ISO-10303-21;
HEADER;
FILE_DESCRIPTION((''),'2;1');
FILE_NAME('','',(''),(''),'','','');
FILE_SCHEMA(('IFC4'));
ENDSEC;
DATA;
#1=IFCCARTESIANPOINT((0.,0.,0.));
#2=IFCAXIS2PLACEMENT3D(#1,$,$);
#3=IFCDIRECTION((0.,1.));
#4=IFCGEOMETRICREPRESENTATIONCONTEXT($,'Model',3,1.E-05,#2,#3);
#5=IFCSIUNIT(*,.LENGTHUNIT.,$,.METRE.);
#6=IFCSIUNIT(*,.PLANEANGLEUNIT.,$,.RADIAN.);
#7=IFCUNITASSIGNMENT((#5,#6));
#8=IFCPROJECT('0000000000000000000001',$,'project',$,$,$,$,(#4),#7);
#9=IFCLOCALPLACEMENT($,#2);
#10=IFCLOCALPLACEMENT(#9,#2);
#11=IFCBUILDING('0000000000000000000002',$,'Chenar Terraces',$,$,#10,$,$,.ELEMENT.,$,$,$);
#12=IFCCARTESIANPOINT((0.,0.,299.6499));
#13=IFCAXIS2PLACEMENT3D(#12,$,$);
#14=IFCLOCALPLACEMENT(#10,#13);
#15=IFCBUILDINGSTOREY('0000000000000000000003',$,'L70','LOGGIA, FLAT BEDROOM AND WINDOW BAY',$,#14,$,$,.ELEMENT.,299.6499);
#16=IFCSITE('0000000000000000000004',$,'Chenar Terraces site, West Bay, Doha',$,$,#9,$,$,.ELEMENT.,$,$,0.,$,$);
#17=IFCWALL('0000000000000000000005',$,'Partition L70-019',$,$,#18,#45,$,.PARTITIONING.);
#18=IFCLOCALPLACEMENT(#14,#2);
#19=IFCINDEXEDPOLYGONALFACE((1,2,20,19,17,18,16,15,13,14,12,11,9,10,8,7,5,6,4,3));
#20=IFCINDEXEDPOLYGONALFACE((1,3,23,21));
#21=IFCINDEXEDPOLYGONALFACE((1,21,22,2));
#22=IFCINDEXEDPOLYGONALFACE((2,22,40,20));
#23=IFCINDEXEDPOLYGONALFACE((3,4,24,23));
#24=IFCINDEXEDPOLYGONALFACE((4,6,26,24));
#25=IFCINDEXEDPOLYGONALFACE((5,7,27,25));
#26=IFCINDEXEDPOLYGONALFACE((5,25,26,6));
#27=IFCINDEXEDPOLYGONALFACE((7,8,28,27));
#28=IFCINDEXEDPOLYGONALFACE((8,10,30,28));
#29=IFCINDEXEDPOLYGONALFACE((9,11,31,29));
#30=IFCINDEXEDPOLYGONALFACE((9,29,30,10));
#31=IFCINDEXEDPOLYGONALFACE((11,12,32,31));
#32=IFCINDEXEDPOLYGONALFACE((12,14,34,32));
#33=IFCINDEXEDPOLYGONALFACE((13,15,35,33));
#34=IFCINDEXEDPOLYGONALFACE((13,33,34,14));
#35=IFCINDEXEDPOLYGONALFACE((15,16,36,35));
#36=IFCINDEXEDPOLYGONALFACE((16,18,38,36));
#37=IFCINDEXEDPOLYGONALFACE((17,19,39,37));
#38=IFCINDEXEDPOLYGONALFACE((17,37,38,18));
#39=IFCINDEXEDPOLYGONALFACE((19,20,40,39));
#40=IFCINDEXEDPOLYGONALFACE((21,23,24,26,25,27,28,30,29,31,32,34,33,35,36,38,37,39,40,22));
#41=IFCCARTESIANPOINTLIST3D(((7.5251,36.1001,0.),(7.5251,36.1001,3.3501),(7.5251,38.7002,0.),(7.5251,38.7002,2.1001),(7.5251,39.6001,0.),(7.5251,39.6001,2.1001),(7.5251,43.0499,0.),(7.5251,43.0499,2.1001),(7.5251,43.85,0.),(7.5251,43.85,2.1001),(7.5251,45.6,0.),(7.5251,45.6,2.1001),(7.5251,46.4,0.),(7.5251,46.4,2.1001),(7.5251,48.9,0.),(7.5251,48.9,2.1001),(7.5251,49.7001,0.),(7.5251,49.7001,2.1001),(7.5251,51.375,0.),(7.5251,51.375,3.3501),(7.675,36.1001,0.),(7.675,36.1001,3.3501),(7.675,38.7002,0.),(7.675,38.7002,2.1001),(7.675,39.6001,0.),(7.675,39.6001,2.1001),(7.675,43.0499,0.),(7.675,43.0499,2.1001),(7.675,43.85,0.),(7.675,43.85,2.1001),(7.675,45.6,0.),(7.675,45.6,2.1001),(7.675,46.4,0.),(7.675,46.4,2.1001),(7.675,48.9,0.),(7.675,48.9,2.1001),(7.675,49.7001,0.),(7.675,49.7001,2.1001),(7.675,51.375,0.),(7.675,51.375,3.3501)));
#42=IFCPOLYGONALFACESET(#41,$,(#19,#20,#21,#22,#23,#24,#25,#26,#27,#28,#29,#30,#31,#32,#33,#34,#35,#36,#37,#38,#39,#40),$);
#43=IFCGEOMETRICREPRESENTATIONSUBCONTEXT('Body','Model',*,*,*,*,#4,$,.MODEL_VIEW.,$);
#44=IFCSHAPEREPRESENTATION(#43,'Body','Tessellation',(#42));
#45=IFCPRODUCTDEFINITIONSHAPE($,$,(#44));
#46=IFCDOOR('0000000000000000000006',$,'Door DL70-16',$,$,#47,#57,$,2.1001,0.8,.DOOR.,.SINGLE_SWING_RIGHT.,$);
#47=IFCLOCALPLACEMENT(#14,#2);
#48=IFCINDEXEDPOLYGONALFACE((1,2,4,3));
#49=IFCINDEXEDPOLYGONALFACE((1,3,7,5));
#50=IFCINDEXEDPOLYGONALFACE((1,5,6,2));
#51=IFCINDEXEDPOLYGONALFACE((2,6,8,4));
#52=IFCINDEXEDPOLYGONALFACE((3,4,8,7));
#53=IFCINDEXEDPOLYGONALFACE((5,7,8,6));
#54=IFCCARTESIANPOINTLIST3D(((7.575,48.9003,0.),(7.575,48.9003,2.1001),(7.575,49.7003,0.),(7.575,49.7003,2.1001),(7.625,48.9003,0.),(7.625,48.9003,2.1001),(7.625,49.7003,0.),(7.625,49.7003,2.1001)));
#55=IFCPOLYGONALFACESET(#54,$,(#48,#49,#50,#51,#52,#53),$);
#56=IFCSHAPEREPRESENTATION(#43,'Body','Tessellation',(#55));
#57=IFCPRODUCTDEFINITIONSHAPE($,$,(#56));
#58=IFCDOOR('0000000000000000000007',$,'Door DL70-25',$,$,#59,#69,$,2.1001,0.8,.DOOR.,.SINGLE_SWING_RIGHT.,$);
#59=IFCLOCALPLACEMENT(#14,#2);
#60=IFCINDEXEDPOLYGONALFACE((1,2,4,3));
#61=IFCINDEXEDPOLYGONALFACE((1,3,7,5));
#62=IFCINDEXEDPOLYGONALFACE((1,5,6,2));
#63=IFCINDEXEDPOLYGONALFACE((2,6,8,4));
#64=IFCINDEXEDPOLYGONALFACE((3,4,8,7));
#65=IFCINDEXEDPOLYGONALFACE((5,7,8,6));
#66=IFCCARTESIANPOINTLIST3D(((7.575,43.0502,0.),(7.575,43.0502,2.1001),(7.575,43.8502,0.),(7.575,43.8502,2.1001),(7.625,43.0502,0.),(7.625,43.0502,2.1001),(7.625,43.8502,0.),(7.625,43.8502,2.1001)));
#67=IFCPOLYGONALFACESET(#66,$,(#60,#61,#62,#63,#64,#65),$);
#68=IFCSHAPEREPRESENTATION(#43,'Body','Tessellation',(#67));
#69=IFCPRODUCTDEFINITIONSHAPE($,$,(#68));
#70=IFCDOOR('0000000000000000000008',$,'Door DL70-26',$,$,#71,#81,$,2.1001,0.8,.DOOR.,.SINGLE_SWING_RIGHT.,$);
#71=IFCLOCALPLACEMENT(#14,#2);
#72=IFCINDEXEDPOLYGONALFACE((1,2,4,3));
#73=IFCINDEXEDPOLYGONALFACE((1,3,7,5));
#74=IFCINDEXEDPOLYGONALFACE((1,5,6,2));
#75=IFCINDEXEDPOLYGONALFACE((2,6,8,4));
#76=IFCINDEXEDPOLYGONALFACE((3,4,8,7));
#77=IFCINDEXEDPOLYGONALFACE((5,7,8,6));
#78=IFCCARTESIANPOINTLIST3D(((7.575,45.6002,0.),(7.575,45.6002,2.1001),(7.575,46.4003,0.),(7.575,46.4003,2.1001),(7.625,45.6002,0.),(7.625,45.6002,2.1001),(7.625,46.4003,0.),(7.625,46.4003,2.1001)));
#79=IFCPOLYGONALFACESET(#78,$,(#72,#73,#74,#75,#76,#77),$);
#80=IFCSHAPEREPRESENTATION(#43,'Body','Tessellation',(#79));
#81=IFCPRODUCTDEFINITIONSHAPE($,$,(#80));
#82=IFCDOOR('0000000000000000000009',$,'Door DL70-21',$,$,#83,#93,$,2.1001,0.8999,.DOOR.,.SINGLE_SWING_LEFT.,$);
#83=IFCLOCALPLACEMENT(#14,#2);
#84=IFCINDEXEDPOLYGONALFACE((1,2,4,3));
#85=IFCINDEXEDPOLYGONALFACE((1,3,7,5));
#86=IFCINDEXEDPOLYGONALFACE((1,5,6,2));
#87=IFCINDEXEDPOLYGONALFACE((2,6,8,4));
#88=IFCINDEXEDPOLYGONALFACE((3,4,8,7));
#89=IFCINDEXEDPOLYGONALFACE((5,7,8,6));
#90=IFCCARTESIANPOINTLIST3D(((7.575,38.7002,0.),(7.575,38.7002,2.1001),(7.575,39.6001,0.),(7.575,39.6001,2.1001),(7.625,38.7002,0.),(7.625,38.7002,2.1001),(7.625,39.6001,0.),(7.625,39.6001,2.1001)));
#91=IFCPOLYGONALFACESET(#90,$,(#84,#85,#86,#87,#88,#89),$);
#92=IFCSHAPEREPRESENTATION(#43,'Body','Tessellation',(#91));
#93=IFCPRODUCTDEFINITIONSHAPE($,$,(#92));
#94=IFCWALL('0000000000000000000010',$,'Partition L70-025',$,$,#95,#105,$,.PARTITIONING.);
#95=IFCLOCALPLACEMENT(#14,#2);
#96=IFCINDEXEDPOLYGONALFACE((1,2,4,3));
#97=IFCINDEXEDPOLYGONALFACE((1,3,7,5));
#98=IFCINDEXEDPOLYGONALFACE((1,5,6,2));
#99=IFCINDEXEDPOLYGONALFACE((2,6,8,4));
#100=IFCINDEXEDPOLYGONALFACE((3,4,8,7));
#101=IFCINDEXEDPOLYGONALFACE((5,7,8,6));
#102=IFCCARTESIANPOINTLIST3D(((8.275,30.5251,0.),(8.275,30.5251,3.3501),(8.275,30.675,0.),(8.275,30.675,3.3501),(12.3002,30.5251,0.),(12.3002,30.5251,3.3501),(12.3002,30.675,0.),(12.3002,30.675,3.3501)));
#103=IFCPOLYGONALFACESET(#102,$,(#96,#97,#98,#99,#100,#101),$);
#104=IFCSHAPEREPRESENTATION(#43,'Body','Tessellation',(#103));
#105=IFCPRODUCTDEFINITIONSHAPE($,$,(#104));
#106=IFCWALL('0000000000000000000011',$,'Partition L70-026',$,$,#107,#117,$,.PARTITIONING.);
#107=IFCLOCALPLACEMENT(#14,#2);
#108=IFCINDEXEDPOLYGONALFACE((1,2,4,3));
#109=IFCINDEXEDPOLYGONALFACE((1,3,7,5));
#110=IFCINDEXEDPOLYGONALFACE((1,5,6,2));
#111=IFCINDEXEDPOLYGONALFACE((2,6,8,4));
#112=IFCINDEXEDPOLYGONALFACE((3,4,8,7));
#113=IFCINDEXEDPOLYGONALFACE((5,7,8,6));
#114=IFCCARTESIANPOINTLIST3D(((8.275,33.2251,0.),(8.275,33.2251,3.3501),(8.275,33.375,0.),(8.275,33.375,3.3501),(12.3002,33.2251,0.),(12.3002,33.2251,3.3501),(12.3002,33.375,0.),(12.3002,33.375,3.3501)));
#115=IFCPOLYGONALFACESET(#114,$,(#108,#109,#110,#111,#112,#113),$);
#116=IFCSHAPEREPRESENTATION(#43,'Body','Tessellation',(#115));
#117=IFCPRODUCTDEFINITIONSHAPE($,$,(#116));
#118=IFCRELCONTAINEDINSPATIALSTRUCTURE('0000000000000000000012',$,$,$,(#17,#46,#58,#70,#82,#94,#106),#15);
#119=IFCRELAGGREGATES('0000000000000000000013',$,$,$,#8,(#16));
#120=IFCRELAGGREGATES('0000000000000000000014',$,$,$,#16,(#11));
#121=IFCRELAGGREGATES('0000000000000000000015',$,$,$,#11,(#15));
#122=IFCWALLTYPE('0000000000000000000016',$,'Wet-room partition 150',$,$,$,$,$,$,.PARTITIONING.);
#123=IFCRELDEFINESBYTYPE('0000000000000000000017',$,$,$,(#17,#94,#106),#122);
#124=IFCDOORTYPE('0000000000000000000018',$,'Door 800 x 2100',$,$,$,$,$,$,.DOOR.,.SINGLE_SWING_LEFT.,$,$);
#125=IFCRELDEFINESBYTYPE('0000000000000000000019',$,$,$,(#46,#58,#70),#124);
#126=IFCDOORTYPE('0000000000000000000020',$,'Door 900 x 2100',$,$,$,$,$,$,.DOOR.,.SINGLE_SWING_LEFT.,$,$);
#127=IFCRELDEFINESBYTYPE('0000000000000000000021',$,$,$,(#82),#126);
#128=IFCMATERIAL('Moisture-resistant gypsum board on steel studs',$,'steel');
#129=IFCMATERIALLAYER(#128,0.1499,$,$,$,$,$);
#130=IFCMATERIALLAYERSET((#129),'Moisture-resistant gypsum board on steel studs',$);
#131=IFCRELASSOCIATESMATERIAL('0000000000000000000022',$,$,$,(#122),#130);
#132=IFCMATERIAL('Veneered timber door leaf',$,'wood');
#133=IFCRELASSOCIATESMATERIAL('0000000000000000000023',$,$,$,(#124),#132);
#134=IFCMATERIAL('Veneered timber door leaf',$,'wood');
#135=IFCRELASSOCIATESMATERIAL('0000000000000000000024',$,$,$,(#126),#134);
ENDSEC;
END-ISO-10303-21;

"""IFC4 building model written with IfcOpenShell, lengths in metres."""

from ifc_helpers import new_model, si_unit, direction, frame, frame_2d, origin, place, context, subcontext, project, spatial, rectangle, extrude, material, layer, layer_set, type_object, element, fill, save


model = new_model("IFC4")

# Units and contexts
model_context = context("Model", 3, precision=1e-05, world=origin(), true_north=direction((0.0, 1.0)))
body_context = subcontext(model_context, "Body", "Model", "MODEL_VIEW")
ifc_project = project(units=[si_unit("LENGTHUNIT", "METRE"), si_unit("PLANEANGLEUNIT", "RADIAN")], contexts=[model_context])

# Site, building, storey
site_placement = place(None, origin())
site = spatial("IfcSite", under=ifc_project, at=site_placement, Name="Chenar Terraces site, West Bay, Doha", CompositionType="ELEMENT", RefElevation=0.0)
building_placement = place(site_placement, origin())
building = spatial("IfcBuilding", under=site, at=building_placement, Name="Chenar Terraces", CompositionType="ELEMENT")
storey_placement = place(building_placement, frame((0.0, 0.0, 299.6499)))
storey = spatial("IfcBuildingStorey", under=building, at=storey_placement, Name="L70", Description="LOGGIA, FLAT BEDROOM AND WINDOW BAY", CompositionType="ELEMENT", Elevation=299.6499)

# Shared definitions
ifc_material_1 = material(Name="Moisture-resistant gypsum board on steel studs", Category="steel")
ifc_layer_1 = layer(ifc_material_1, 0.1499)
ifc_layer_set_1 = layer_set([ifc_layer_1], Name="Moisture-resistant gypsum board on steel studs")
wall_type_1 = type_object("IfcWallType", Name="Wet-room partition 150", PredefinedType="PARTITIONING", material=ifc_layer_set_1)

# Shared definitions
ifc_material_2 = material(Name="Veneered timber door leaf", Category="wood")
door_type_1 = type_object("IfcDoorType", Name="Door 800 x 2100", OperationType="SINGLE_SWING_LEFT", PredefinedType="DOOR", material=ifc_material_2)

# Shared definitions
ifc_material_3 = material(Name="Veneered timber door leaf", Category="wood")
door_type_2 = type_object("IfcDoorType", Name="Door 900 x 2100", OperationType="SINGLE_SWING_LEFT", PredefinedType="DOOR", material=ifc_material_3)

# Wall, openings, doors
wall_1_placement = place(storey_placement, frame((7.6001, 36.1001, 0.0), z_axis=(0.0, 0.0, 1.0), x_axis=(0.0, 1.0, 0.0)))
wall_1 = element("IfcWall", 1, at=wall_1_placement, inside=storey, type_object=wall_type_1, Name="Partition L70-019", PredefinedType="PARTITIONING", context=body_context, shape_type="SweptSolid", body=[
    extrude(rectangle(XDim=15.2749, YDim=0.1499, at=frame_2d((7.6375, 0.0))), origin(), (0.0, 0.0, 1.0), 3.3501),
])
opening_1_placement = place(wall_1_placement, frame((12.8, 0.0, 0.0)))
opening_1 = element("IfcOpeningElement", 2, at=opening_1_placement, cuts=wall_1, PredefinedType="OPENING", context=body_context, shape_type="SweptSolid", body=[
    extrude(rectangle(XDim=0.8, YDim=2.1001, at=frame_2d((0.3999, 1.05))), frame((0.0, 0.085, 0.0), z_axis=(0.0, -1.0, 0.0), x_axis=(1.0, 0.0, 0.0)), (0.0, 0.0, 1.0), 0.1699),
])
opening_2_placement = place(wall_1_placement, frame((2.6001, 0.0, 0.0)))
opening_2 = element("IfcOpeningElement", 3, at=opening_2_placement, cuts=wall_1, PredefinedType="OPENING", context=body_context, shape_type="SweptSolid", body=[
    extrude(rectangle(XDim=0.8999, YDim=2.1001, at=frame_2d((0.45, 1.05))), frame((0.0, 0.085, 0.0), z_axis=(0.0, -1.0, 0.0), x_axis=(1.0, 0.0, 0.0)), (0.0, 0.0, 1.0), 0.1699),
])
opening_3_placement = place(wall_1_placement, frame((6.95, 0.0, 0.0)))
opening_3 = element("IfcOpeningElement", 4, at=opening_3_placement, cuts=wall_1, PredefinedType="OPENING", context=body_context, shape_type="SweptSolid", body=[
    extrude(rectangle(XDim=0.8, YDim=2.1001, at=frame_2d((0.3999, 1.05))), frame((0.0, 0.085, 0.0), z_axis=(0.0, -1.0, 0.0), x_axis=(1.0, 0.0, 0.0)), (0.0, 0.0, 1.0), 0.1699),
])
opening_4_placement = place(wall_1_placement, frame((9.5, 0.0, 0.0)))
opening_4 = element("IfcOpeningElement", 5, at=opening_4_placement, cuts=wall_1, PredefinedType="OPENING", context=body_context, shape_type="SweptSolid", body=[
    extrude(rectangle(XDim=0.8, YDim=2.1001, at=frame_2d((0.3999, 1.05))), frame((0.0, 0.085, 0.0), z_axis=(0.0, -1.0, 0.0), x_axis=(1.0, 0.0, 0.0)), (0.0, 0.0, 1.0), 0.1699),
])
door_1_placement = place(opening_1_placement, frame((0.8, 0.0, 0.0), z_axis=(0.0, 0.0, 1.0), x_axis=(-1.0, 0.0, 0.0)))
door_1 = element("IfcDoor", 6, at=door_1_placement, inside=storey, type_object=door_type_1, Name="Door DL70-16", OperationType="SINGLE_SWING_RIGHT", OverallHeight=2.1001, OverallWidth=0.8, PredefinedType="DOOR", context=body_context, shape_type="SweptSolid", body=[
    extrude(rectangle(XDim=0.8, YDim=2.1001, at=frame_2d((0.3999, 1.05))), frame((0.0, 0.0249, 0.0), z_axis=(0.0, -1.0, 0.0), x_axis=(1.0, 0.0, 0.0)), (0.0, 0.0, 1.0), 0.05),
])
fill(opening_1, door_1)
door_2_placement = place(opening_3_placement, frame((0.8, 0.0, 0.0), z_axis=(0.0, 0.0, 1.0), x_axis=(-1.0, 0.0, 0.0)))
door_2 = element("IfcDoor", 7, at=door_2_placement, inside=storey, type_object=door_type_1, Name="Door DL70-25", OperationType="SINGLE_SWING_RIGHT", OverallHeight=2.1001, OverallWidth=0.8, PredefinedType="DOOR", context=body_context, shape_type="SweptSolid", body=[
    extrude(rectangle(XDim=0.8, YDim=2.1001, at=frame_2d((0.3999, 1.05))), frame((0.0, 0.0249, 0.0), z_axis=(0.0, -1.0, 0.0), x_axis=(1.0, 0.0, 0.0)), (0.0, 0.0, 1.0), 0.05),
])
fill(opening_3, door_2)
door_3_placement = place(opening_4_placement, frame((0.8, 0.0, 0.0), z_axis=(0.0, 0.0, 1.0), x_axis=(-1.0, 0.0, 0.0)))
door_3 = element("IfcDoor", 8, at=door_3_placement, inside=storey, type_object=door_type_1, Name="Door DL70-26", OperationType="SINGLE_SWING_RIGHT", OverallHeight=2.1001, OverallWidth=0.8, PredefinedType="DOOR", context=body_context, shape_type="SweptSolid", body=[
    extrude(rectangle(XDim=0.8, YDim=2.1001, at=frame_2d((0.3999, 1.05))), frame((0.0, 0.0249, 0.0), z_axis=(0.0, -1.0, 0.0), x_axis=(1.0, 0.0, 0.0)), (0.0, 0.0, 1.0), 0.05),
])
fill(opening_4, door_3)
door_4_placement = place(opening_2_placement, frame((0.8999, 0.0, 0.0), z_axis=(0.0, 0.0, 1.0), x_axis=(-1.0, 0.0, 0.0)))
door_4 = element("IfcDoor", 9, at=door_4_placement, inside=storey, type_object=door_type_2, Name="Door DL70-21", OperationType="SINGLE_SWING_LEFT", OverallHeight=2.1001, OverallWidth=0.8999, PredefinedType="DOOR", context=body_context, shape_type="SweptSolid", body=[
    extrude(rectangle(XDim=0.8999, YDim=2.1001, at=frame_2d((0.45, 1.05))), frame((0.0, 0.0249, 0.0), z_axis=(0.0, -1.0, 0.0), x_axis=(1.0, 0.0, 0.0)), (0.0, 0.0, 1.0), 0.05),
])
fill(opening_2, door_4)

# Walls
for number, where, z_axis, x_axis, name in (
    (10, (8.2749, 30.6001, 0.0), (0.0, 0.0, 1.0), (1.0, 0.0, 0.0), "Partition L70-025"),
    (11, (8.2749, 33.3, 0.0), (0.0, 0.0, 1.0), (1.0, 0.0, 0.0), "Partition L70-026"),
):
    element("IfcWall", number, at=place(storey_placement, frame(where, z_axis=z_axis, x_axis=x_axis)), inside=storey, type_object=wall_type_1, Name=name, PredefinedType="PARTITIONING", context=body_context, shape_type="SweptSolid", body=[
        extrude(rectangle(XDim=4.0251, YDim=0.1499, at=frame_2d((2.0127, 0.0))), origin(), (0.0, 0.0, 1.0), 3.3501),
    ])

save(model, "model.ifc")
